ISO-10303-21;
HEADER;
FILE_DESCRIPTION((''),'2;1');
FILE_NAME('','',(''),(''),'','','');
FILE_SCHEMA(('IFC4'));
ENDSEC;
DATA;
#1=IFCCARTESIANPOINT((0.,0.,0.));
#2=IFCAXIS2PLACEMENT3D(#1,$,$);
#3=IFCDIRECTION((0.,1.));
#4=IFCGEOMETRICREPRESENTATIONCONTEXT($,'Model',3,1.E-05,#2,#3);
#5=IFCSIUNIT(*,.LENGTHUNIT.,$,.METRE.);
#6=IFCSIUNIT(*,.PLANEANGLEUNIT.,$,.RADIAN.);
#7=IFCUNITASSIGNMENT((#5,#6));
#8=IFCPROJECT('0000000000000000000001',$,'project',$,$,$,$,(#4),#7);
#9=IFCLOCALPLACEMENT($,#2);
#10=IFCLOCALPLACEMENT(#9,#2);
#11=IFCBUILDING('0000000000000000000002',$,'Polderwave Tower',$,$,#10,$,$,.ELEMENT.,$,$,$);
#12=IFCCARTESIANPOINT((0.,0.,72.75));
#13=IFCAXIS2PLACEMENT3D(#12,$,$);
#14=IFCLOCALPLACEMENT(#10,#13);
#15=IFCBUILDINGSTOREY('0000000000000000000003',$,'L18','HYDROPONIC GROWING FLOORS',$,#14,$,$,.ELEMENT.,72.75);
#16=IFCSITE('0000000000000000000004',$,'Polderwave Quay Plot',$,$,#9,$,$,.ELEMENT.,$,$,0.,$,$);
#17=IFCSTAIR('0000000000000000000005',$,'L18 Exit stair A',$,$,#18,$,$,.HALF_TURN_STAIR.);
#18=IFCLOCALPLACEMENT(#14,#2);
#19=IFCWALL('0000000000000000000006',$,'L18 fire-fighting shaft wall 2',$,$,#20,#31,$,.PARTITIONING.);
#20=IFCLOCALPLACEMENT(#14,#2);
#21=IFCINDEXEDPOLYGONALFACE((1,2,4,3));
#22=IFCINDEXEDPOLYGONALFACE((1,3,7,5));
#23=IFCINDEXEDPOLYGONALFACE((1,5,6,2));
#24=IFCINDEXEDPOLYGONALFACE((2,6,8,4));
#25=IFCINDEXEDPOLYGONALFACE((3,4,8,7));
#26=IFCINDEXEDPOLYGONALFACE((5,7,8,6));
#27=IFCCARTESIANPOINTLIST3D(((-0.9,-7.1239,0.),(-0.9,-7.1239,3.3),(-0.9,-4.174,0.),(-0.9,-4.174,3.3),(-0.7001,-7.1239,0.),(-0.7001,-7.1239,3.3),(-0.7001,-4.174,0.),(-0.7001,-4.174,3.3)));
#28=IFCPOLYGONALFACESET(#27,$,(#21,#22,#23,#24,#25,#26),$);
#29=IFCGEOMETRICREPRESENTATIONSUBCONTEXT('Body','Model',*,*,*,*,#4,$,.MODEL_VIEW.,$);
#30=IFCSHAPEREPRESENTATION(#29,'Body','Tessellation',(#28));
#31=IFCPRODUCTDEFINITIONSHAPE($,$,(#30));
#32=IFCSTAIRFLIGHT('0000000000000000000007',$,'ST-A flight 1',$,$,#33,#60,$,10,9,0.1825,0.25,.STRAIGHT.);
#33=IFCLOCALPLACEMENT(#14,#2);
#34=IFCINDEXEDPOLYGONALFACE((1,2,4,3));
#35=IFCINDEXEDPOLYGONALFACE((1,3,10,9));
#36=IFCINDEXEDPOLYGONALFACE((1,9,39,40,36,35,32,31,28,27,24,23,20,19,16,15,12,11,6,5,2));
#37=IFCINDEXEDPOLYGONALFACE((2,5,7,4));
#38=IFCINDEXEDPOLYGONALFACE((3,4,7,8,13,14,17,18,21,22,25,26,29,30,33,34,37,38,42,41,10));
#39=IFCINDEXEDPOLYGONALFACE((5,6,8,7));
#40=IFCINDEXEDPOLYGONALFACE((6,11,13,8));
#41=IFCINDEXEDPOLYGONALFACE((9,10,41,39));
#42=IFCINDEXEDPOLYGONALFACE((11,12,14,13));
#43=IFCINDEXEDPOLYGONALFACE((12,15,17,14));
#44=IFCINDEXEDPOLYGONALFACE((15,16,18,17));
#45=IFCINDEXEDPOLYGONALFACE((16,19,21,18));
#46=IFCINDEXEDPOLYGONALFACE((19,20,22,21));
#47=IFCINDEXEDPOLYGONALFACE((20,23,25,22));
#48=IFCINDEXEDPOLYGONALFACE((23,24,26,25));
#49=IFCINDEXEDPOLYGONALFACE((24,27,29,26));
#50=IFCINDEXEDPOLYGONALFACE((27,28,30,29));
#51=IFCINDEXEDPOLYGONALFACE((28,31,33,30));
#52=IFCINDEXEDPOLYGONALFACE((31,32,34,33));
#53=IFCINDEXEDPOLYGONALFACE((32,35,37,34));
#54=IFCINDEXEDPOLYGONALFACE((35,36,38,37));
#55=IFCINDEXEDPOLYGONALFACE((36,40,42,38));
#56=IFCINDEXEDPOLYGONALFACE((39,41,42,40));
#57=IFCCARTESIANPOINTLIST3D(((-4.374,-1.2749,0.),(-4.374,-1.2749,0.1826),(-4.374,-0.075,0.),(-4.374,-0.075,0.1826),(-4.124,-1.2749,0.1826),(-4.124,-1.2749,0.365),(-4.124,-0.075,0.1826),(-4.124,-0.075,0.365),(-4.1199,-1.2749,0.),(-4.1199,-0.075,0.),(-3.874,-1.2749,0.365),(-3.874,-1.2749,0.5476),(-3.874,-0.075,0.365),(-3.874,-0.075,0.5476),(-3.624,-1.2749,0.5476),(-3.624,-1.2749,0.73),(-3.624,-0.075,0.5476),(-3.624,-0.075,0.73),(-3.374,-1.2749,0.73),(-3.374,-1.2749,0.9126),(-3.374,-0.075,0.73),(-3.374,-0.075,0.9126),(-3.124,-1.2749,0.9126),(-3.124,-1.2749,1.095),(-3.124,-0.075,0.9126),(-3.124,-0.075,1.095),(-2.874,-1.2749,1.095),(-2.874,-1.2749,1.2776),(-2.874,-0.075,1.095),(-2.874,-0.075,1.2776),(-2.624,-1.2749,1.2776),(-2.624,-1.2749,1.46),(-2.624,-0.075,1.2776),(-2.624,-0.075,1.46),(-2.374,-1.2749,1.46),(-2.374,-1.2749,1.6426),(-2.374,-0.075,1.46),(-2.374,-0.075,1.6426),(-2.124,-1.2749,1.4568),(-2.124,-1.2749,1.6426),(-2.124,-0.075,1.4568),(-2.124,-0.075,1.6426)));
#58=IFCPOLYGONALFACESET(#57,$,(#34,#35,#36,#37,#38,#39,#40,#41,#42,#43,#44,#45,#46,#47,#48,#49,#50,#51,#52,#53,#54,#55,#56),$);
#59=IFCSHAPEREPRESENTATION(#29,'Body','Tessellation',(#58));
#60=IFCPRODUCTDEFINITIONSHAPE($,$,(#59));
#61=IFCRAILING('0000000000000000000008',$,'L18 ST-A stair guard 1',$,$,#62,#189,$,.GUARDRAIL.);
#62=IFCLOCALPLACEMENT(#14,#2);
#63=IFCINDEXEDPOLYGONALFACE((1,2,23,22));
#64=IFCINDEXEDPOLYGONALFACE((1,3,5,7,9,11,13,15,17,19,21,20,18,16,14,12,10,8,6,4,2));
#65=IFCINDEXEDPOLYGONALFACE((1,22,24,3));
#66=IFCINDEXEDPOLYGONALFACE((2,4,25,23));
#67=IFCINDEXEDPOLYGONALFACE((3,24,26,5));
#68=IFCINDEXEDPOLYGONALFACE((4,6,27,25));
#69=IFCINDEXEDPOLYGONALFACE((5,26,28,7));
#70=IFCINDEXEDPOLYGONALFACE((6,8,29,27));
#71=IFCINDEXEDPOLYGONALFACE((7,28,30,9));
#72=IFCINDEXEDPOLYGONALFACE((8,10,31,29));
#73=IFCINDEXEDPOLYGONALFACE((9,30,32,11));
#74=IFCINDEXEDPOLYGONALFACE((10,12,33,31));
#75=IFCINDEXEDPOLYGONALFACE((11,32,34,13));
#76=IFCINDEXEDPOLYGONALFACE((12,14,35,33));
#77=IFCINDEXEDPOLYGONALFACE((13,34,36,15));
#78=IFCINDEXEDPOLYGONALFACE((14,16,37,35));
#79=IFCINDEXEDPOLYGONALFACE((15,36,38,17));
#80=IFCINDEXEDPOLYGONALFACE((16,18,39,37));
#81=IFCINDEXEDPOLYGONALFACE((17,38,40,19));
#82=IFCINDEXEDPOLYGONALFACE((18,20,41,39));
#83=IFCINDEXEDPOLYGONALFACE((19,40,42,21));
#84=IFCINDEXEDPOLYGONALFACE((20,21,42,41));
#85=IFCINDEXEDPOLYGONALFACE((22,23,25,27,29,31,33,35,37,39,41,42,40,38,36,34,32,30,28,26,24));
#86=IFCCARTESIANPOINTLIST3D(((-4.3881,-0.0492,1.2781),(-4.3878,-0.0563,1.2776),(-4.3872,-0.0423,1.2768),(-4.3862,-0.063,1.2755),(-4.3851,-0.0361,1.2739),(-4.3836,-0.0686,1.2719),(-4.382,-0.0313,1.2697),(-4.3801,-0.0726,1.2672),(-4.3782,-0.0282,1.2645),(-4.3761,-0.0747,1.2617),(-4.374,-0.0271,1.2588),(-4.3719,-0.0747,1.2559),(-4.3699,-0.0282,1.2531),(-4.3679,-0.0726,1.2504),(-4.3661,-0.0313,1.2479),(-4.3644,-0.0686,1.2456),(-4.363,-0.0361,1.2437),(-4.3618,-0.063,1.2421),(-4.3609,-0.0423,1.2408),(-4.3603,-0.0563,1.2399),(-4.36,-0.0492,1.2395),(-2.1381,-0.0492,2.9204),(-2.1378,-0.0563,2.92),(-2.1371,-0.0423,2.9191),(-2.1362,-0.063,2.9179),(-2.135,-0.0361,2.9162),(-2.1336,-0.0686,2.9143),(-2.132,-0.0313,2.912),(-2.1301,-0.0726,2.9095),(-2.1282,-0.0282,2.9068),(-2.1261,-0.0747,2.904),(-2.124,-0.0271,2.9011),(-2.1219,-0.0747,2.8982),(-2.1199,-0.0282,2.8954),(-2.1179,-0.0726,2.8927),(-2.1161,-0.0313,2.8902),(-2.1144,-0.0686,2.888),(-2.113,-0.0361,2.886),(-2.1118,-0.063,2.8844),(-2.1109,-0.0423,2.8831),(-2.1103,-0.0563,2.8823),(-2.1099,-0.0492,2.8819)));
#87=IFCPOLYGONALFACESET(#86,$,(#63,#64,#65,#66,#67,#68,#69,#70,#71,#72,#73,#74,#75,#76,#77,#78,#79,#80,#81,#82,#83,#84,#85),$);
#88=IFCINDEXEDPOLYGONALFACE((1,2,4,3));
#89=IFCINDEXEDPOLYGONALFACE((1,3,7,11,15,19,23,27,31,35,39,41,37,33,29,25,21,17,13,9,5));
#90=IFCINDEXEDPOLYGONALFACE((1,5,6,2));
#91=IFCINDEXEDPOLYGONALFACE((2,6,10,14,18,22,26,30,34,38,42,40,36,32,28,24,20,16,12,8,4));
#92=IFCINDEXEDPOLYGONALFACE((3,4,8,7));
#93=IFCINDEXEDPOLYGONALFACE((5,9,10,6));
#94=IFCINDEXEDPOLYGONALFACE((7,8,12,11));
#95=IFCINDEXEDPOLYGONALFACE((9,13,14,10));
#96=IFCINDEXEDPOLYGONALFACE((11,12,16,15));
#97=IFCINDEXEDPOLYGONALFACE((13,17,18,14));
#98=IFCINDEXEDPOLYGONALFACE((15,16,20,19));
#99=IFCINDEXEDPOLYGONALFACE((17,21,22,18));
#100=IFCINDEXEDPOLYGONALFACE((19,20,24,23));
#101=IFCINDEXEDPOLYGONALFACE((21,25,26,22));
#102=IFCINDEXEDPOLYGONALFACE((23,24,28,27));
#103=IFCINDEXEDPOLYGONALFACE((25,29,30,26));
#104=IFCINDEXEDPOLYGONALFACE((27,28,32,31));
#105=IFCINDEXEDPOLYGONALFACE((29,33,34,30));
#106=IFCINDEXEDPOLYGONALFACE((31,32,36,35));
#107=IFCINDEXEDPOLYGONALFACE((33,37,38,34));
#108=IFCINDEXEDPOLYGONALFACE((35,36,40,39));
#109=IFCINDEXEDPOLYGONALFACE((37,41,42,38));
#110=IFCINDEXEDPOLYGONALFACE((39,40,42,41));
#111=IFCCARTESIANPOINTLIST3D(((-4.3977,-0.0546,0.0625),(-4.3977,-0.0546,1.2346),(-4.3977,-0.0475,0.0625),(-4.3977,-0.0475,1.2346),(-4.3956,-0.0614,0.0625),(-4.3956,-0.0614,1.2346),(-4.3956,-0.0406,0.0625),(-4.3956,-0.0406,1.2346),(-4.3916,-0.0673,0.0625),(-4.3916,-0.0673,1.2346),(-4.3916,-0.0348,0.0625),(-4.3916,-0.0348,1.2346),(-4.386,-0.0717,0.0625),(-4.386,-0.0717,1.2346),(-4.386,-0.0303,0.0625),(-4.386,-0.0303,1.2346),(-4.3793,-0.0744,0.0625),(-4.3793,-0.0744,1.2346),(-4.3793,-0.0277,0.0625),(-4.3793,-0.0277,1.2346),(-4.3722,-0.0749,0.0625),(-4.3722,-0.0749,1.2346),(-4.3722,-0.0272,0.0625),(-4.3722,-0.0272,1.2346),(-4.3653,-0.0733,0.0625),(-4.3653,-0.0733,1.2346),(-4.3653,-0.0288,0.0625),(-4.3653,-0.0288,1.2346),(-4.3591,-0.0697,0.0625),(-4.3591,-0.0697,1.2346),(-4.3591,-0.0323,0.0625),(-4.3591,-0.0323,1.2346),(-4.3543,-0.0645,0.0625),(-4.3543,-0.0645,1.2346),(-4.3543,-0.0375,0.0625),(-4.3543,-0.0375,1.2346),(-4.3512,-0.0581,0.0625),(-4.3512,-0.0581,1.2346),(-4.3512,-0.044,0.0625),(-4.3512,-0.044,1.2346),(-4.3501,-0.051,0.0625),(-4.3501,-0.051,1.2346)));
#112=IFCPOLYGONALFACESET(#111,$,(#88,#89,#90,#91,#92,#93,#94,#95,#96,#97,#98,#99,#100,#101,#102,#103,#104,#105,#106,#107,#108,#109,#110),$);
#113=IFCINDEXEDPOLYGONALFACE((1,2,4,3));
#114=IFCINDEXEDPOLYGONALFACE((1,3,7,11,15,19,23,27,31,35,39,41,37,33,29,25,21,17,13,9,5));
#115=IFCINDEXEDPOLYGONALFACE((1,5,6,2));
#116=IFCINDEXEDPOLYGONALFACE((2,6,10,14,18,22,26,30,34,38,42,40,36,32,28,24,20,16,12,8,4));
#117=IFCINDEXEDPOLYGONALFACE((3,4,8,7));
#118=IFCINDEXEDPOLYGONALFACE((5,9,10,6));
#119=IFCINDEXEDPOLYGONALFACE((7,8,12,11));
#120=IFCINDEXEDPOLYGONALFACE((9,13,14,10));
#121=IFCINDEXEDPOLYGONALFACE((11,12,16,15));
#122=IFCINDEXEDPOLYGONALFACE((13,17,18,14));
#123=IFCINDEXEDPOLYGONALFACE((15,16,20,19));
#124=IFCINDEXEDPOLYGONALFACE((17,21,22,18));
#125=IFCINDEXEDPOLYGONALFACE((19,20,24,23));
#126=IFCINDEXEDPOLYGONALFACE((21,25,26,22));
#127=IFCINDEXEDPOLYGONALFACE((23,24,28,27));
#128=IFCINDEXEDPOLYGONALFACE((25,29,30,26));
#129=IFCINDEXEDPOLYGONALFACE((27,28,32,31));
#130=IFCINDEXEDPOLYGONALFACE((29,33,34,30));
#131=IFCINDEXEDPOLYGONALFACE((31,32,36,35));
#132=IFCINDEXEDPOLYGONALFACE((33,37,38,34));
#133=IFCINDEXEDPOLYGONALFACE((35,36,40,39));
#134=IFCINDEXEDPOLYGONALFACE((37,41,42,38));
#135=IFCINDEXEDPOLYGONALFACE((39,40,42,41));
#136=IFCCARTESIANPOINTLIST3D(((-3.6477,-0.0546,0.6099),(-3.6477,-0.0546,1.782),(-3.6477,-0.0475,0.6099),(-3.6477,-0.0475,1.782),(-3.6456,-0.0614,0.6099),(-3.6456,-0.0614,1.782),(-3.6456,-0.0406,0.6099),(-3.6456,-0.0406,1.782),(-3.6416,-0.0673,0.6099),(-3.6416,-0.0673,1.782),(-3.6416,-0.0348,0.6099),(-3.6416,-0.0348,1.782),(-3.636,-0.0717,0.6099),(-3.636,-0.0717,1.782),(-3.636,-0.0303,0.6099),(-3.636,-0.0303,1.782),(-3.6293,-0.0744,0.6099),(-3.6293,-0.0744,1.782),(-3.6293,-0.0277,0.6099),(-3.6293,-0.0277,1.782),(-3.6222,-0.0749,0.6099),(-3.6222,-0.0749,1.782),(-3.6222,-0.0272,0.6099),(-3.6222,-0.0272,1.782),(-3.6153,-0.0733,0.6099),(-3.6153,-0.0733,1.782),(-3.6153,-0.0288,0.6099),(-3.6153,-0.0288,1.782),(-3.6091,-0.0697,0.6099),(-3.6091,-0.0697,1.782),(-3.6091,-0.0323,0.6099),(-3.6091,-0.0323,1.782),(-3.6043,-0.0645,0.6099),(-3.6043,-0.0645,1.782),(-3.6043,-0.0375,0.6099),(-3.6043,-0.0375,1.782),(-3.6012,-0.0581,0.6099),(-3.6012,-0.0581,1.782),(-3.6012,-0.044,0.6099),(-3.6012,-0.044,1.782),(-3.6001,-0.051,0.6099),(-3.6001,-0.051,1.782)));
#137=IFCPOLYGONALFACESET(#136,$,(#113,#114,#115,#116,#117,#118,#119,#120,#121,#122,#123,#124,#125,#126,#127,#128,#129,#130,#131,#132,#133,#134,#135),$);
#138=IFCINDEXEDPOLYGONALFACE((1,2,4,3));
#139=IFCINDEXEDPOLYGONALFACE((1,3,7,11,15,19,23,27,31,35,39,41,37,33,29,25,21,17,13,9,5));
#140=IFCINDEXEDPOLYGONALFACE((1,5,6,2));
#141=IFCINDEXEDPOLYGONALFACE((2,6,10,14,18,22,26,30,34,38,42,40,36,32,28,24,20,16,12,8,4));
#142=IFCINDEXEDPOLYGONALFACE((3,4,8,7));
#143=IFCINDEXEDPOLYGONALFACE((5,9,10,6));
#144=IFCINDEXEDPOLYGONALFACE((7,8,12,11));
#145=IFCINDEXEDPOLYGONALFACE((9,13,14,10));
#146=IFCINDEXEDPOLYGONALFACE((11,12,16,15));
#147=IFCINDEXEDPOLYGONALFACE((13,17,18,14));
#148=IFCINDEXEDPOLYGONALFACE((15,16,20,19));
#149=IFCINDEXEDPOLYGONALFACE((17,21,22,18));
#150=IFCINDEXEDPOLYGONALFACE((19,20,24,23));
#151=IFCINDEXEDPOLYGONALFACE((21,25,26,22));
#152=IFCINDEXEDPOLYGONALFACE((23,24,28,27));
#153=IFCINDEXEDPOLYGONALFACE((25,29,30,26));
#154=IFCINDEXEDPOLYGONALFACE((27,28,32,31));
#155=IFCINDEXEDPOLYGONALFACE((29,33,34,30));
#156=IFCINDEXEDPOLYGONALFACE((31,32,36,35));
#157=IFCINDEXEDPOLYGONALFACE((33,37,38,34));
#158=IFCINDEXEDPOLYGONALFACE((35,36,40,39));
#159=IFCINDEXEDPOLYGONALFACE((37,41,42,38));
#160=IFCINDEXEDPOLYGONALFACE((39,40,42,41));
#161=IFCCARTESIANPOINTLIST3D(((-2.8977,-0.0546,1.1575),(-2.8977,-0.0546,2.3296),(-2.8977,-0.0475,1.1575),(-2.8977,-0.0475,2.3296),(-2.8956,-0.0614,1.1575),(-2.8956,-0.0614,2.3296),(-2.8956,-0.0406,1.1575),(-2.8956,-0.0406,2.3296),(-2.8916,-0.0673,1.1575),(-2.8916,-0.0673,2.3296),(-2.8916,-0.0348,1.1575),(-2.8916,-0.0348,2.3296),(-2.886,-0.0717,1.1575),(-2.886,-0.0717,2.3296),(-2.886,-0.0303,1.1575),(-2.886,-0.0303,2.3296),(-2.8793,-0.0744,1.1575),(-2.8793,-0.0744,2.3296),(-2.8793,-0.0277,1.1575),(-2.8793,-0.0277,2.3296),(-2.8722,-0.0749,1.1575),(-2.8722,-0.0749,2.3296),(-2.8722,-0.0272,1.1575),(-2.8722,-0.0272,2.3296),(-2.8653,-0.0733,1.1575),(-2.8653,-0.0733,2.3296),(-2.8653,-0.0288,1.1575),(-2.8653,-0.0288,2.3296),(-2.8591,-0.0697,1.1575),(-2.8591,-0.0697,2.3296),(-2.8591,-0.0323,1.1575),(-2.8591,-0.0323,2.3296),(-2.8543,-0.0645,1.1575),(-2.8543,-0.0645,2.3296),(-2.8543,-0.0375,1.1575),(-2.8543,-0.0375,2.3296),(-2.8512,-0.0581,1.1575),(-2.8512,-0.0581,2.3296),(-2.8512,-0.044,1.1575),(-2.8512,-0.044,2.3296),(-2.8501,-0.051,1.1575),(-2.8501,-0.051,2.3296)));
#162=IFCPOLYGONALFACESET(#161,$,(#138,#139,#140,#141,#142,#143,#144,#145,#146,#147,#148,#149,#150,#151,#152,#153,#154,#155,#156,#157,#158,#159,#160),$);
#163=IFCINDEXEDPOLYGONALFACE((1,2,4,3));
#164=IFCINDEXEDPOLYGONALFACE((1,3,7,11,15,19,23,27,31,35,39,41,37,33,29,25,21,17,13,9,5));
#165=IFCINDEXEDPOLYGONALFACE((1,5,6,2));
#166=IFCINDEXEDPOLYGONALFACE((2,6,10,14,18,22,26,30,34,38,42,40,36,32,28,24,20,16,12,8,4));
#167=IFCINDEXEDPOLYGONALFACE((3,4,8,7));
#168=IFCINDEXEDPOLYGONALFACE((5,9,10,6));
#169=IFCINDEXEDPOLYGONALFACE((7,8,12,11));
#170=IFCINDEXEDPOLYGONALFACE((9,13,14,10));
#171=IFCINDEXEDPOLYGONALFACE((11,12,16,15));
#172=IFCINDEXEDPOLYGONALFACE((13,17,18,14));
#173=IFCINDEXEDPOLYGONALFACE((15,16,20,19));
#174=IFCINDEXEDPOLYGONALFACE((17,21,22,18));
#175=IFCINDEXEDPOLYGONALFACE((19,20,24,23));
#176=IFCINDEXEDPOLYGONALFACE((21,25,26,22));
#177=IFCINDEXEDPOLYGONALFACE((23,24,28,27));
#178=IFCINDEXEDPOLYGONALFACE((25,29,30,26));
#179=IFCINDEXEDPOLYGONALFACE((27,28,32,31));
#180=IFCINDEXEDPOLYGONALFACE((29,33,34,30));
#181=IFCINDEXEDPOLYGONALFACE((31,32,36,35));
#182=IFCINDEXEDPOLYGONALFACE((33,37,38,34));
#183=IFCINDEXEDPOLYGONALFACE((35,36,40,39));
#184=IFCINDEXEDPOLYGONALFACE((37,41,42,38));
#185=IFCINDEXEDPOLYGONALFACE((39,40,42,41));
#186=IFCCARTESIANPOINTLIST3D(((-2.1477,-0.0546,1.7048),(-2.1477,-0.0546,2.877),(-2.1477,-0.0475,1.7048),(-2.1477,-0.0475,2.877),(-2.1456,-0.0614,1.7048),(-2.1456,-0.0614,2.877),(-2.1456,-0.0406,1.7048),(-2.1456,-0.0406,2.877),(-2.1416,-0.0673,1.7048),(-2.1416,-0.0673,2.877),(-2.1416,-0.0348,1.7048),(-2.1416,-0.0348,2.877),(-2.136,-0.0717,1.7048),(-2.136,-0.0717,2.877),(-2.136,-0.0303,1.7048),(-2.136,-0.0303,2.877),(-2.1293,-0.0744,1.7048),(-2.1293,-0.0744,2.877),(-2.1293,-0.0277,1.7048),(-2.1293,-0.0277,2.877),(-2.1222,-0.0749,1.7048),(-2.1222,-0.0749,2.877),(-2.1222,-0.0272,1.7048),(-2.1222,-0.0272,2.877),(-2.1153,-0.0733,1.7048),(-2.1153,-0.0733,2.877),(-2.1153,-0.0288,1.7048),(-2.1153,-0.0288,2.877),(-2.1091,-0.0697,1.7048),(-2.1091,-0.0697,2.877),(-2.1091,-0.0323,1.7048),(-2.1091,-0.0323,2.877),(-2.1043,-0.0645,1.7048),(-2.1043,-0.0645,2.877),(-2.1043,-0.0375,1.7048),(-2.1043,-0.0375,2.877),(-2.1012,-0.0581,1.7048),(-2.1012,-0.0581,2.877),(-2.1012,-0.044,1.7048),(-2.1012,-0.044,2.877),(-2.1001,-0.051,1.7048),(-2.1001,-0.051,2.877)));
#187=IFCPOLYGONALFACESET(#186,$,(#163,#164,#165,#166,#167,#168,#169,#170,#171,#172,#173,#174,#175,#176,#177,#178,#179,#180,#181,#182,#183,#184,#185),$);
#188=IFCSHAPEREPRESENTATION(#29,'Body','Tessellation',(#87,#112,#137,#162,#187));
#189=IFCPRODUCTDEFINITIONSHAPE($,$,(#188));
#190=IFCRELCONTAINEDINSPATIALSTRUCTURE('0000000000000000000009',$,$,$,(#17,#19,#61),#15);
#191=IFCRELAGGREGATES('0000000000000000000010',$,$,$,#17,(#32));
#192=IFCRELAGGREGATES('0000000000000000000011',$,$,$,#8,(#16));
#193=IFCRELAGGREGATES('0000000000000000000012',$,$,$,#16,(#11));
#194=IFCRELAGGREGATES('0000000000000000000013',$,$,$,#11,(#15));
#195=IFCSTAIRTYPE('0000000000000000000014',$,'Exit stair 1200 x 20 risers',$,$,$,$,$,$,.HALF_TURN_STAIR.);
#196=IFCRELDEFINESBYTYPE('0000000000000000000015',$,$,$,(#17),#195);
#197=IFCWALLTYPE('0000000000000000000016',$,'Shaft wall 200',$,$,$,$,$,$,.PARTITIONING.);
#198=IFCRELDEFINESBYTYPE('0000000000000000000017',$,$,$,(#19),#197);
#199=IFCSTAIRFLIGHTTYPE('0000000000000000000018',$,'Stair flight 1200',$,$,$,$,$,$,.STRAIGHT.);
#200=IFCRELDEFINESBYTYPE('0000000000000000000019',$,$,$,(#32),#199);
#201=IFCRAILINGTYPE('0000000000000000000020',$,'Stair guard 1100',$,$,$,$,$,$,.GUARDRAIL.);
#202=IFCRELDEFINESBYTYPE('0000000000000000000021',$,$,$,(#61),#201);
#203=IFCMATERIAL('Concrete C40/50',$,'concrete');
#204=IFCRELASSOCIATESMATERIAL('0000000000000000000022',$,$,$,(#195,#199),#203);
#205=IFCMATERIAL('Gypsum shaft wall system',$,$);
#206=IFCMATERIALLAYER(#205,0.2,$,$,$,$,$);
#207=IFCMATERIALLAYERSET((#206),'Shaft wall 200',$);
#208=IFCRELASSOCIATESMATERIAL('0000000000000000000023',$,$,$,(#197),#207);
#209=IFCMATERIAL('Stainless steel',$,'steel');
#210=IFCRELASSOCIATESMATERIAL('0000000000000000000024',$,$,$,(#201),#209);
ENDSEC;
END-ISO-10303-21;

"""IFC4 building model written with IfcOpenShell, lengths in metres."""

from ifc_helpers import new_model, si_unit, direction, frame, frame_2d, origin, origin_2d, place, context, subcontext, project, spatial, polyline, rectangle, circle, outline, extrude, material, layer, layer_set, type_object, element, aggregate, save


model = new_model("IFC4")

# Units and contexts
model_context = context("Model", 3, precision=1e-05, world=origin(), true_north=direction((0.0, 1.0)))
body_context = subcontext(model_context, "Body", "Model", "MODEL_VIEW")
ifc_project = project(units=[si_unit("LENGTHUNIT", "METRE"), si_unit("PLANEANGLEUNIT", "RADIAN")], contexts=[model_context])

# Site, building, storey
site_placement = place(None, origin())
site = spatial("IfcSite", under=ifc_project, at=site_placement, Name="Polderwave Quay Plot", CompositionType="ELEMENT", RefElevation=0.0)
building_placement = place(site_placement, origin())
building = spatial("IfcBuilding", under=site, at=building_placement, Name="Polderwave Tower", CompositionType="ELEMENT")
storey_placement = place(building_placement, frame((0.0, 0.0, 72.75)))
storey = spatial("IfcBuildingStorey", under=building, at=storey_placement, Name="L18", Description="HYDROPONIC GROWING FLOORS", CompositionType="ELEMENT", Elevation=72.75)

# Shared definitions
ifc_material_1 = material(Name="Concrete C40/50", Category="concrete")

# Stair
stair_type = type_object("IfcStairType", Name="Exit stair 1200 x 20 risers", PredefinedType="HALF_TURN_STAIR", material=ifc_material_1)
stair_placement = place(storey_placement, origin())
stair = element("IfcStair", 1, at=stair_placement, inside=storey, type_object=stair_type, Name="L18 Exit stair A", PredefinedType="HALF_TURN_STAIR")

# Wall
ifc_material_2 = material(Name="Gypsum shaft wall system")
ifc_layer_1 = layer(ifc_material_2, 0.2)
ifc_layer_set_1 = layer_set([ifc_layer_1], Name="Shaft wall 200")
wall_type_1 = type_object("IfcWallType", Name="Shaft wall 200", PredefinedType="PARTITIONING", material=ifc_layer_set_1)
for number, where, z_axis, x_axis, name in (
    (2, (-0.8, -7.124, 0.0), (0.0, 0.0, 1.0), (0.0, 1.0, 0.0), "L18 fire-fighting shaft wall 2"),
):
    element("IfcWall", number, at=place(storey_placement, frame(where, z_axis=z_axis, x_axis=x_axis)), inside=storey, type_object=wall_type_1, Name=name, PredefinedType="PARTITIONING", context=body_context, shape_type="SweptSolid", body=[
        extrude(rectangle(XDim=2.95, YDim=0.2, at=frame_2d((1.4751, 0.0))), origin(), (0.0, 0.0, 1.0), 3.3),
    ])

# Stair flight
stair_flight_type = type_object("IfcStairFlightType", Name="Stair flight 1200", PredefinedType="STRAIGHT", material=ifc_material_1)
stair_flight_placement = place(storey_placement, frame((-4.374, -0.675, 0.0), z_axis=(0.0, 0.0, 1.0), x_axis=(1.0, 0.0, 0.0)))
stair_flight = element("IfcStairFlight", 3, at=stair_flight_placement, type_object=stair_flight_type, Name="ST-A flight 1", NumberOfRisers=10, NumberOfTreads=9, PredefinedType="STRAIGHT", RiserHeight=0.1825, TreadLength=0.25, context=body_context, shape_type="SweptSolid", body=[
    extrude(outline(polyline([(0.0, 0.0), (0.0, 0.1826), (0.25, 0.1826), (0.25, 0.365), (0.5, 0.365), (0.5, 0.5476), (0.75, 0.5476), (0.75, 0.73), (1.0, 0.73), (1.0, 0.9126), (1.25, 0.9126), (1.25, 1.095), (1.5, 1.095), (1.5, 1.2776), (1.75, 1.2776), (1.75, 1.46), (2.0, 1.46), (2.0, 1.6426), (2.25, 1.6426), (2.25, 1.825), (2.25, 1.4568), (0.2542, 0.0), (0.0, 0.0)])), frame((0.0, 0.6001, 0.0), z_axis=(0.0, -1.0, 0.0), x_axis=(1.0, 0.0, 0.0)), (0.0, 0.0, 1.0), 1.2),
])
aggregate(stair, [stair_flight])

# Railing
ifc_material_3 = material(Name="Stainless steel", Category="steel")
railing_type = type_object("IfcRailingType", Name="Stair guard 1100", PredefinedType="GUARDRAIL", material=ifc_material_3)
railing_1_placement = place(storey_placement, frame((-4.374, -0.051, 0.0625)))
element("IfcRailing", 4, at=railing_1_placement, inside=storey, type_object=railing_type, Name="L18 ST-A stair guard 1", PredefinedType="GUARDRAIL", context=body_context, shape_type="SweptSolid", body=[
    extrude(circle(Radius=0.0239, at=origin_2d()), frame((0.0, 0.0, 1.1963), z_axis=(0.807715, 0.0, 0.589573), x_axis=(0.0, 1.0, 0.0)), (0.0, 0.0, 1.0), 2.7856),
    extrude(circle(Radius=0.0239, at=origin_2d()), origin(), (0.0, 0.0, 1.0), 1.1721),
    extrude(circle(Radius=0.0239, at=origin_2d()), frame((0.75, 0.0, 0.5474)), (0.0, 0.0, 1.0), 1.1721),
    extrude(circle(Radius=0.0239, at=origin_2d()), frame((1.5, 0.0, 1.095)), (0.0, 0.0, 1.0), 1.1721),
    extrude(circle(Radius=0.0239, at=origin_2d()), frame((2.25, 0.0, 1.6423)), (0.0, 0.0, 1.0), 1.1721),
])

save(model, "model.ifc")
